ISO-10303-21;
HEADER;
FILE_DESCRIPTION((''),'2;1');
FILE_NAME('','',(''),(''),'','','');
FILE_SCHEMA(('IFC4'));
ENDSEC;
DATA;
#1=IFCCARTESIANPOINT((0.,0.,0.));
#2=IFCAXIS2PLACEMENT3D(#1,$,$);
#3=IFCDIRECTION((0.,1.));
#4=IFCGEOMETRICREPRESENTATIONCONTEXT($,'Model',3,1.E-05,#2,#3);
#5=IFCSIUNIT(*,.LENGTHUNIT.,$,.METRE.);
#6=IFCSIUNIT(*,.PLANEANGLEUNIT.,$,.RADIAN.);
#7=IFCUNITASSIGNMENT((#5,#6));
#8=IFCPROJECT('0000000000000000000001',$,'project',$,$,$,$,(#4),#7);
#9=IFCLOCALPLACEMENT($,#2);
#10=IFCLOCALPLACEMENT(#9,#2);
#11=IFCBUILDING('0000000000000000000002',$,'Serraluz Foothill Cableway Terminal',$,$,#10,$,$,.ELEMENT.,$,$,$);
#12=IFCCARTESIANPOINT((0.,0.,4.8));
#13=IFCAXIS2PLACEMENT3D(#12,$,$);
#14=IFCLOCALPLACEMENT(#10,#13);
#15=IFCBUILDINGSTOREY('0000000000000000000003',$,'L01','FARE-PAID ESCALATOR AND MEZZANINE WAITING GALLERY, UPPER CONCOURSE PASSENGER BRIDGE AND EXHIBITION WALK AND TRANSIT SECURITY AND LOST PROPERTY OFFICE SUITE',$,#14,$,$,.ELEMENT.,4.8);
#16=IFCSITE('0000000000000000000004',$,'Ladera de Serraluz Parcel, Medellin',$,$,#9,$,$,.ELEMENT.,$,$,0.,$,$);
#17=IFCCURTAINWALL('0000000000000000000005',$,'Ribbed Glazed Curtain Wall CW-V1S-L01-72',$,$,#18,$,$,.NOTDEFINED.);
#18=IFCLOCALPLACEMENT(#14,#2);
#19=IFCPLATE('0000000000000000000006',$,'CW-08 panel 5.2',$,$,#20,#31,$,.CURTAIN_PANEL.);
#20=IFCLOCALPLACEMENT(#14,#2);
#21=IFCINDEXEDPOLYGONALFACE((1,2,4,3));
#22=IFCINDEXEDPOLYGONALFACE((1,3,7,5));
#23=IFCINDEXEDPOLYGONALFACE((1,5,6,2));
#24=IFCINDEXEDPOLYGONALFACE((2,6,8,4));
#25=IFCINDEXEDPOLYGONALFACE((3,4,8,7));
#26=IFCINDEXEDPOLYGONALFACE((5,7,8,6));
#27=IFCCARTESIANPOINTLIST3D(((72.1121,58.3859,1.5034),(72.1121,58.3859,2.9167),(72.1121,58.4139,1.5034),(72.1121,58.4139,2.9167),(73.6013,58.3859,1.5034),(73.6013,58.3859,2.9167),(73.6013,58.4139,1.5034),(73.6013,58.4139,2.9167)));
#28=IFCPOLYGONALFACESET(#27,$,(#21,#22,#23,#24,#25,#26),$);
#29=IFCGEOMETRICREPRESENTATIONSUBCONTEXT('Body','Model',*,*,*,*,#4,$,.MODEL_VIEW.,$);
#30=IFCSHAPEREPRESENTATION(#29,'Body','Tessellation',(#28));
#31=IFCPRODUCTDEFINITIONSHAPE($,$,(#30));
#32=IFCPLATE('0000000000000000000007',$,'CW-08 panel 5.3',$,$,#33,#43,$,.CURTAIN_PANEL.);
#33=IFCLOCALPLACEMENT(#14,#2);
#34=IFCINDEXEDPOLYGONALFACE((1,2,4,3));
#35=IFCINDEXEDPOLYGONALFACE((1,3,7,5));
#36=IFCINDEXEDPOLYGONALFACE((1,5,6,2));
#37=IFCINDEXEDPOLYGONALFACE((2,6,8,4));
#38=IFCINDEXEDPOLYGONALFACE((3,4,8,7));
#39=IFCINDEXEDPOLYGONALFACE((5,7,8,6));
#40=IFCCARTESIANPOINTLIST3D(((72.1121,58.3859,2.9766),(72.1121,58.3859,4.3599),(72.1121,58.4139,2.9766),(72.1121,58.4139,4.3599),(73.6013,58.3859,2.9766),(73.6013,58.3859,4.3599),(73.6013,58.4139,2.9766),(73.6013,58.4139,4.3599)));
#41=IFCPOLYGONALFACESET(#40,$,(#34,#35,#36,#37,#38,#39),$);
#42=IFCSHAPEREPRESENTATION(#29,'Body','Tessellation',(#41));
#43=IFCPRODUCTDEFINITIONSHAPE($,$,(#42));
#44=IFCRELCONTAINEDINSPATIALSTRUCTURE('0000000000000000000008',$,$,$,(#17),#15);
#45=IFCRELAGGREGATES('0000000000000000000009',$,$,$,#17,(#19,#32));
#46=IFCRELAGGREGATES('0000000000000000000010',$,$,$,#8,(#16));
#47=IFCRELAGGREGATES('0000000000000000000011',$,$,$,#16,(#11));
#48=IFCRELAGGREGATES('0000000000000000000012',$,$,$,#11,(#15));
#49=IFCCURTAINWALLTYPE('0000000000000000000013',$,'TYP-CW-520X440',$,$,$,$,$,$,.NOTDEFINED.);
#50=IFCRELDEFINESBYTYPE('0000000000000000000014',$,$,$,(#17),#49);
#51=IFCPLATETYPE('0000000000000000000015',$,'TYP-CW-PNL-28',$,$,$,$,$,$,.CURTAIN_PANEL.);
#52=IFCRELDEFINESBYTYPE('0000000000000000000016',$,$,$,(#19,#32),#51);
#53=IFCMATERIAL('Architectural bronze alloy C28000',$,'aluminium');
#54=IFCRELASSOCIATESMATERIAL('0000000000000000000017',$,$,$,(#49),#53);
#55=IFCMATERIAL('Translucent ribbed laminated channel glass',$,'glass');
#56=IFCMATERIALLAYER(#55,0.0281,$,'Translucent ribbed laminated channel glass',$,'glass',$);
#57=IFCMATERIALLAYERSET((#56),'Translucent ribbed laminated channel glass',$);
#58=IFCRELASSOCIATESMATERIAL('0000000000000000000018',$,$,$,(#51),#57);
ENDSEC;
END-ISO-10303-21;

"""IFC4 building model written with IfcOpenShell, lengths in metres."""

from ifc_helpers import new_model, si_unit, direction, frame, origin, origin_2d, place, context, subcontext, project, spatial, rectangle, extrude, material, layer, layer_set, type_object, element, aggregate, save


model = new_model("IFC4")

# Units and contexts
model_context = context("Model", 3, precision=1e-05, world=origin(), true_north=direction((0.0, 1.0)))
body_context = subcontext(model_context, "Body", "Model", "MODEL_VIEW")
ifc_project = project(units=[si_unit("LENGTHUNIT", "METRE"), si_unit("PLANEANGLEUNIT", "RADIAN")], contexts=[model_context])

# Site, building, storey
site_placement = place(None, origin())
site = spatial("IfcSite", under=ifc_project, at=site_placement, Name="Ladera de Serraluz Parcel, Medellin", CompositionType="ELEMENT", RefElevation=0.0)
building_placement = place(site_placement, origin())
building = spatial("IfcBuilding", under=site, at=building_placement, Name="Serraluz Foothill Cableway Terminal", CompositionType="ELEMENT")
storey_placement = place(building_placement, frame((0.0, 0.0, 4.8)))
storey = spatial("IfcBuildingStorey", under=building, at=storey_placement, Name="L01", Description="FARE-PAID ESCALATOR AND MEZZANINE WAITING GALLERY, UPPER CONCOURSE PASSENGER BRIDGE AND EXHIBITION WALK AND TRANSIT SECURITY AND LOST PROPERTY OFFICE SUITE", CompositionType="ELEMENT", Elevation=4.8)

# Curtain wall
ifc_material_1 = material(Name="Architectural bronze alloy C28000", Category="aluminium")
curtain_wall_type_1 = type_object("IfcCurtainWallType", Name="TYP-CW-520X440", PredefinedType="NOTDEFINED", material=ifc_material_1)
curtain_wall_1_placement = place(storey_placement, origin())
curtain_wall_1 = element("IfcCurtainWall", 1, at=curtain_wall_1_placement, inside=storey, type_object=curtain_wall_type_1, Name="Ribbed Glazed Curtain Wall CW-V1S-L01-72", PredefinedType="NOTDEFINED")

# Plates
ifc_material_2 = material(Name="Translucent ribbed laminated channel glass", Category="glass")
ifc_layer = layer(ifc_material_2, 0.0281, Name="Translucent ribbed laminated channel glass", Category="glass")
ifc_layer_set = layer_set([ifc_layer], Name="Translucent ribbed laminated channel glass")
plate_type = type_object("IfcPlateType", Name="TYP-CW-PNL-28", PredefinedType="CURTAIN_PANEL", material=ifc_layer_set)
plate_1_placement = place(storey_placement, frame((72.8567, 58.3999, 1.5034), z_axis=(0.0, 0.0, 1.0), x_axis=(-1.0, 0.0, 0.0)))
plate_1 = element("IfcPlate", 2, at=plate_1_placement, type_object=plate_type, Name="CW-08 panel 5.2", PredefinedType="CURTAIN_PANEL", context=body_context, shape_type="SweptSolid", body=[
    extrude(rectangle(XDim=1.4893, YDim=0.0281, at=origin_2d()), origin(), (0.0, 0.0, 1.0), 1.4133),
])
plate_2_placement = place(storey_placement, frame((72.8567, 58.3999, 2.9766), z_axis=(0.0, 0.0, 1.0), x_axis=(-1.0, 0.0, 0.0)))
plate_2 = element("IfcPlate", 3, at=plate_2_placement, type_object=plate_type, Name="CW-08 panel 5.3", PredefinedType="CURTAIN_PANEL", context=body_context, shape_type="SweptSolid", body=[
    extrude(rectangle(XDim=1.4893, YDim=0.0281, at=origin_2d()), origin(), (0.0, 0.0, 1.0), 1.3833),
])
aggregate(curtain_wall_1, [plate_1, plate_2])

save(model, "model.ifc")
